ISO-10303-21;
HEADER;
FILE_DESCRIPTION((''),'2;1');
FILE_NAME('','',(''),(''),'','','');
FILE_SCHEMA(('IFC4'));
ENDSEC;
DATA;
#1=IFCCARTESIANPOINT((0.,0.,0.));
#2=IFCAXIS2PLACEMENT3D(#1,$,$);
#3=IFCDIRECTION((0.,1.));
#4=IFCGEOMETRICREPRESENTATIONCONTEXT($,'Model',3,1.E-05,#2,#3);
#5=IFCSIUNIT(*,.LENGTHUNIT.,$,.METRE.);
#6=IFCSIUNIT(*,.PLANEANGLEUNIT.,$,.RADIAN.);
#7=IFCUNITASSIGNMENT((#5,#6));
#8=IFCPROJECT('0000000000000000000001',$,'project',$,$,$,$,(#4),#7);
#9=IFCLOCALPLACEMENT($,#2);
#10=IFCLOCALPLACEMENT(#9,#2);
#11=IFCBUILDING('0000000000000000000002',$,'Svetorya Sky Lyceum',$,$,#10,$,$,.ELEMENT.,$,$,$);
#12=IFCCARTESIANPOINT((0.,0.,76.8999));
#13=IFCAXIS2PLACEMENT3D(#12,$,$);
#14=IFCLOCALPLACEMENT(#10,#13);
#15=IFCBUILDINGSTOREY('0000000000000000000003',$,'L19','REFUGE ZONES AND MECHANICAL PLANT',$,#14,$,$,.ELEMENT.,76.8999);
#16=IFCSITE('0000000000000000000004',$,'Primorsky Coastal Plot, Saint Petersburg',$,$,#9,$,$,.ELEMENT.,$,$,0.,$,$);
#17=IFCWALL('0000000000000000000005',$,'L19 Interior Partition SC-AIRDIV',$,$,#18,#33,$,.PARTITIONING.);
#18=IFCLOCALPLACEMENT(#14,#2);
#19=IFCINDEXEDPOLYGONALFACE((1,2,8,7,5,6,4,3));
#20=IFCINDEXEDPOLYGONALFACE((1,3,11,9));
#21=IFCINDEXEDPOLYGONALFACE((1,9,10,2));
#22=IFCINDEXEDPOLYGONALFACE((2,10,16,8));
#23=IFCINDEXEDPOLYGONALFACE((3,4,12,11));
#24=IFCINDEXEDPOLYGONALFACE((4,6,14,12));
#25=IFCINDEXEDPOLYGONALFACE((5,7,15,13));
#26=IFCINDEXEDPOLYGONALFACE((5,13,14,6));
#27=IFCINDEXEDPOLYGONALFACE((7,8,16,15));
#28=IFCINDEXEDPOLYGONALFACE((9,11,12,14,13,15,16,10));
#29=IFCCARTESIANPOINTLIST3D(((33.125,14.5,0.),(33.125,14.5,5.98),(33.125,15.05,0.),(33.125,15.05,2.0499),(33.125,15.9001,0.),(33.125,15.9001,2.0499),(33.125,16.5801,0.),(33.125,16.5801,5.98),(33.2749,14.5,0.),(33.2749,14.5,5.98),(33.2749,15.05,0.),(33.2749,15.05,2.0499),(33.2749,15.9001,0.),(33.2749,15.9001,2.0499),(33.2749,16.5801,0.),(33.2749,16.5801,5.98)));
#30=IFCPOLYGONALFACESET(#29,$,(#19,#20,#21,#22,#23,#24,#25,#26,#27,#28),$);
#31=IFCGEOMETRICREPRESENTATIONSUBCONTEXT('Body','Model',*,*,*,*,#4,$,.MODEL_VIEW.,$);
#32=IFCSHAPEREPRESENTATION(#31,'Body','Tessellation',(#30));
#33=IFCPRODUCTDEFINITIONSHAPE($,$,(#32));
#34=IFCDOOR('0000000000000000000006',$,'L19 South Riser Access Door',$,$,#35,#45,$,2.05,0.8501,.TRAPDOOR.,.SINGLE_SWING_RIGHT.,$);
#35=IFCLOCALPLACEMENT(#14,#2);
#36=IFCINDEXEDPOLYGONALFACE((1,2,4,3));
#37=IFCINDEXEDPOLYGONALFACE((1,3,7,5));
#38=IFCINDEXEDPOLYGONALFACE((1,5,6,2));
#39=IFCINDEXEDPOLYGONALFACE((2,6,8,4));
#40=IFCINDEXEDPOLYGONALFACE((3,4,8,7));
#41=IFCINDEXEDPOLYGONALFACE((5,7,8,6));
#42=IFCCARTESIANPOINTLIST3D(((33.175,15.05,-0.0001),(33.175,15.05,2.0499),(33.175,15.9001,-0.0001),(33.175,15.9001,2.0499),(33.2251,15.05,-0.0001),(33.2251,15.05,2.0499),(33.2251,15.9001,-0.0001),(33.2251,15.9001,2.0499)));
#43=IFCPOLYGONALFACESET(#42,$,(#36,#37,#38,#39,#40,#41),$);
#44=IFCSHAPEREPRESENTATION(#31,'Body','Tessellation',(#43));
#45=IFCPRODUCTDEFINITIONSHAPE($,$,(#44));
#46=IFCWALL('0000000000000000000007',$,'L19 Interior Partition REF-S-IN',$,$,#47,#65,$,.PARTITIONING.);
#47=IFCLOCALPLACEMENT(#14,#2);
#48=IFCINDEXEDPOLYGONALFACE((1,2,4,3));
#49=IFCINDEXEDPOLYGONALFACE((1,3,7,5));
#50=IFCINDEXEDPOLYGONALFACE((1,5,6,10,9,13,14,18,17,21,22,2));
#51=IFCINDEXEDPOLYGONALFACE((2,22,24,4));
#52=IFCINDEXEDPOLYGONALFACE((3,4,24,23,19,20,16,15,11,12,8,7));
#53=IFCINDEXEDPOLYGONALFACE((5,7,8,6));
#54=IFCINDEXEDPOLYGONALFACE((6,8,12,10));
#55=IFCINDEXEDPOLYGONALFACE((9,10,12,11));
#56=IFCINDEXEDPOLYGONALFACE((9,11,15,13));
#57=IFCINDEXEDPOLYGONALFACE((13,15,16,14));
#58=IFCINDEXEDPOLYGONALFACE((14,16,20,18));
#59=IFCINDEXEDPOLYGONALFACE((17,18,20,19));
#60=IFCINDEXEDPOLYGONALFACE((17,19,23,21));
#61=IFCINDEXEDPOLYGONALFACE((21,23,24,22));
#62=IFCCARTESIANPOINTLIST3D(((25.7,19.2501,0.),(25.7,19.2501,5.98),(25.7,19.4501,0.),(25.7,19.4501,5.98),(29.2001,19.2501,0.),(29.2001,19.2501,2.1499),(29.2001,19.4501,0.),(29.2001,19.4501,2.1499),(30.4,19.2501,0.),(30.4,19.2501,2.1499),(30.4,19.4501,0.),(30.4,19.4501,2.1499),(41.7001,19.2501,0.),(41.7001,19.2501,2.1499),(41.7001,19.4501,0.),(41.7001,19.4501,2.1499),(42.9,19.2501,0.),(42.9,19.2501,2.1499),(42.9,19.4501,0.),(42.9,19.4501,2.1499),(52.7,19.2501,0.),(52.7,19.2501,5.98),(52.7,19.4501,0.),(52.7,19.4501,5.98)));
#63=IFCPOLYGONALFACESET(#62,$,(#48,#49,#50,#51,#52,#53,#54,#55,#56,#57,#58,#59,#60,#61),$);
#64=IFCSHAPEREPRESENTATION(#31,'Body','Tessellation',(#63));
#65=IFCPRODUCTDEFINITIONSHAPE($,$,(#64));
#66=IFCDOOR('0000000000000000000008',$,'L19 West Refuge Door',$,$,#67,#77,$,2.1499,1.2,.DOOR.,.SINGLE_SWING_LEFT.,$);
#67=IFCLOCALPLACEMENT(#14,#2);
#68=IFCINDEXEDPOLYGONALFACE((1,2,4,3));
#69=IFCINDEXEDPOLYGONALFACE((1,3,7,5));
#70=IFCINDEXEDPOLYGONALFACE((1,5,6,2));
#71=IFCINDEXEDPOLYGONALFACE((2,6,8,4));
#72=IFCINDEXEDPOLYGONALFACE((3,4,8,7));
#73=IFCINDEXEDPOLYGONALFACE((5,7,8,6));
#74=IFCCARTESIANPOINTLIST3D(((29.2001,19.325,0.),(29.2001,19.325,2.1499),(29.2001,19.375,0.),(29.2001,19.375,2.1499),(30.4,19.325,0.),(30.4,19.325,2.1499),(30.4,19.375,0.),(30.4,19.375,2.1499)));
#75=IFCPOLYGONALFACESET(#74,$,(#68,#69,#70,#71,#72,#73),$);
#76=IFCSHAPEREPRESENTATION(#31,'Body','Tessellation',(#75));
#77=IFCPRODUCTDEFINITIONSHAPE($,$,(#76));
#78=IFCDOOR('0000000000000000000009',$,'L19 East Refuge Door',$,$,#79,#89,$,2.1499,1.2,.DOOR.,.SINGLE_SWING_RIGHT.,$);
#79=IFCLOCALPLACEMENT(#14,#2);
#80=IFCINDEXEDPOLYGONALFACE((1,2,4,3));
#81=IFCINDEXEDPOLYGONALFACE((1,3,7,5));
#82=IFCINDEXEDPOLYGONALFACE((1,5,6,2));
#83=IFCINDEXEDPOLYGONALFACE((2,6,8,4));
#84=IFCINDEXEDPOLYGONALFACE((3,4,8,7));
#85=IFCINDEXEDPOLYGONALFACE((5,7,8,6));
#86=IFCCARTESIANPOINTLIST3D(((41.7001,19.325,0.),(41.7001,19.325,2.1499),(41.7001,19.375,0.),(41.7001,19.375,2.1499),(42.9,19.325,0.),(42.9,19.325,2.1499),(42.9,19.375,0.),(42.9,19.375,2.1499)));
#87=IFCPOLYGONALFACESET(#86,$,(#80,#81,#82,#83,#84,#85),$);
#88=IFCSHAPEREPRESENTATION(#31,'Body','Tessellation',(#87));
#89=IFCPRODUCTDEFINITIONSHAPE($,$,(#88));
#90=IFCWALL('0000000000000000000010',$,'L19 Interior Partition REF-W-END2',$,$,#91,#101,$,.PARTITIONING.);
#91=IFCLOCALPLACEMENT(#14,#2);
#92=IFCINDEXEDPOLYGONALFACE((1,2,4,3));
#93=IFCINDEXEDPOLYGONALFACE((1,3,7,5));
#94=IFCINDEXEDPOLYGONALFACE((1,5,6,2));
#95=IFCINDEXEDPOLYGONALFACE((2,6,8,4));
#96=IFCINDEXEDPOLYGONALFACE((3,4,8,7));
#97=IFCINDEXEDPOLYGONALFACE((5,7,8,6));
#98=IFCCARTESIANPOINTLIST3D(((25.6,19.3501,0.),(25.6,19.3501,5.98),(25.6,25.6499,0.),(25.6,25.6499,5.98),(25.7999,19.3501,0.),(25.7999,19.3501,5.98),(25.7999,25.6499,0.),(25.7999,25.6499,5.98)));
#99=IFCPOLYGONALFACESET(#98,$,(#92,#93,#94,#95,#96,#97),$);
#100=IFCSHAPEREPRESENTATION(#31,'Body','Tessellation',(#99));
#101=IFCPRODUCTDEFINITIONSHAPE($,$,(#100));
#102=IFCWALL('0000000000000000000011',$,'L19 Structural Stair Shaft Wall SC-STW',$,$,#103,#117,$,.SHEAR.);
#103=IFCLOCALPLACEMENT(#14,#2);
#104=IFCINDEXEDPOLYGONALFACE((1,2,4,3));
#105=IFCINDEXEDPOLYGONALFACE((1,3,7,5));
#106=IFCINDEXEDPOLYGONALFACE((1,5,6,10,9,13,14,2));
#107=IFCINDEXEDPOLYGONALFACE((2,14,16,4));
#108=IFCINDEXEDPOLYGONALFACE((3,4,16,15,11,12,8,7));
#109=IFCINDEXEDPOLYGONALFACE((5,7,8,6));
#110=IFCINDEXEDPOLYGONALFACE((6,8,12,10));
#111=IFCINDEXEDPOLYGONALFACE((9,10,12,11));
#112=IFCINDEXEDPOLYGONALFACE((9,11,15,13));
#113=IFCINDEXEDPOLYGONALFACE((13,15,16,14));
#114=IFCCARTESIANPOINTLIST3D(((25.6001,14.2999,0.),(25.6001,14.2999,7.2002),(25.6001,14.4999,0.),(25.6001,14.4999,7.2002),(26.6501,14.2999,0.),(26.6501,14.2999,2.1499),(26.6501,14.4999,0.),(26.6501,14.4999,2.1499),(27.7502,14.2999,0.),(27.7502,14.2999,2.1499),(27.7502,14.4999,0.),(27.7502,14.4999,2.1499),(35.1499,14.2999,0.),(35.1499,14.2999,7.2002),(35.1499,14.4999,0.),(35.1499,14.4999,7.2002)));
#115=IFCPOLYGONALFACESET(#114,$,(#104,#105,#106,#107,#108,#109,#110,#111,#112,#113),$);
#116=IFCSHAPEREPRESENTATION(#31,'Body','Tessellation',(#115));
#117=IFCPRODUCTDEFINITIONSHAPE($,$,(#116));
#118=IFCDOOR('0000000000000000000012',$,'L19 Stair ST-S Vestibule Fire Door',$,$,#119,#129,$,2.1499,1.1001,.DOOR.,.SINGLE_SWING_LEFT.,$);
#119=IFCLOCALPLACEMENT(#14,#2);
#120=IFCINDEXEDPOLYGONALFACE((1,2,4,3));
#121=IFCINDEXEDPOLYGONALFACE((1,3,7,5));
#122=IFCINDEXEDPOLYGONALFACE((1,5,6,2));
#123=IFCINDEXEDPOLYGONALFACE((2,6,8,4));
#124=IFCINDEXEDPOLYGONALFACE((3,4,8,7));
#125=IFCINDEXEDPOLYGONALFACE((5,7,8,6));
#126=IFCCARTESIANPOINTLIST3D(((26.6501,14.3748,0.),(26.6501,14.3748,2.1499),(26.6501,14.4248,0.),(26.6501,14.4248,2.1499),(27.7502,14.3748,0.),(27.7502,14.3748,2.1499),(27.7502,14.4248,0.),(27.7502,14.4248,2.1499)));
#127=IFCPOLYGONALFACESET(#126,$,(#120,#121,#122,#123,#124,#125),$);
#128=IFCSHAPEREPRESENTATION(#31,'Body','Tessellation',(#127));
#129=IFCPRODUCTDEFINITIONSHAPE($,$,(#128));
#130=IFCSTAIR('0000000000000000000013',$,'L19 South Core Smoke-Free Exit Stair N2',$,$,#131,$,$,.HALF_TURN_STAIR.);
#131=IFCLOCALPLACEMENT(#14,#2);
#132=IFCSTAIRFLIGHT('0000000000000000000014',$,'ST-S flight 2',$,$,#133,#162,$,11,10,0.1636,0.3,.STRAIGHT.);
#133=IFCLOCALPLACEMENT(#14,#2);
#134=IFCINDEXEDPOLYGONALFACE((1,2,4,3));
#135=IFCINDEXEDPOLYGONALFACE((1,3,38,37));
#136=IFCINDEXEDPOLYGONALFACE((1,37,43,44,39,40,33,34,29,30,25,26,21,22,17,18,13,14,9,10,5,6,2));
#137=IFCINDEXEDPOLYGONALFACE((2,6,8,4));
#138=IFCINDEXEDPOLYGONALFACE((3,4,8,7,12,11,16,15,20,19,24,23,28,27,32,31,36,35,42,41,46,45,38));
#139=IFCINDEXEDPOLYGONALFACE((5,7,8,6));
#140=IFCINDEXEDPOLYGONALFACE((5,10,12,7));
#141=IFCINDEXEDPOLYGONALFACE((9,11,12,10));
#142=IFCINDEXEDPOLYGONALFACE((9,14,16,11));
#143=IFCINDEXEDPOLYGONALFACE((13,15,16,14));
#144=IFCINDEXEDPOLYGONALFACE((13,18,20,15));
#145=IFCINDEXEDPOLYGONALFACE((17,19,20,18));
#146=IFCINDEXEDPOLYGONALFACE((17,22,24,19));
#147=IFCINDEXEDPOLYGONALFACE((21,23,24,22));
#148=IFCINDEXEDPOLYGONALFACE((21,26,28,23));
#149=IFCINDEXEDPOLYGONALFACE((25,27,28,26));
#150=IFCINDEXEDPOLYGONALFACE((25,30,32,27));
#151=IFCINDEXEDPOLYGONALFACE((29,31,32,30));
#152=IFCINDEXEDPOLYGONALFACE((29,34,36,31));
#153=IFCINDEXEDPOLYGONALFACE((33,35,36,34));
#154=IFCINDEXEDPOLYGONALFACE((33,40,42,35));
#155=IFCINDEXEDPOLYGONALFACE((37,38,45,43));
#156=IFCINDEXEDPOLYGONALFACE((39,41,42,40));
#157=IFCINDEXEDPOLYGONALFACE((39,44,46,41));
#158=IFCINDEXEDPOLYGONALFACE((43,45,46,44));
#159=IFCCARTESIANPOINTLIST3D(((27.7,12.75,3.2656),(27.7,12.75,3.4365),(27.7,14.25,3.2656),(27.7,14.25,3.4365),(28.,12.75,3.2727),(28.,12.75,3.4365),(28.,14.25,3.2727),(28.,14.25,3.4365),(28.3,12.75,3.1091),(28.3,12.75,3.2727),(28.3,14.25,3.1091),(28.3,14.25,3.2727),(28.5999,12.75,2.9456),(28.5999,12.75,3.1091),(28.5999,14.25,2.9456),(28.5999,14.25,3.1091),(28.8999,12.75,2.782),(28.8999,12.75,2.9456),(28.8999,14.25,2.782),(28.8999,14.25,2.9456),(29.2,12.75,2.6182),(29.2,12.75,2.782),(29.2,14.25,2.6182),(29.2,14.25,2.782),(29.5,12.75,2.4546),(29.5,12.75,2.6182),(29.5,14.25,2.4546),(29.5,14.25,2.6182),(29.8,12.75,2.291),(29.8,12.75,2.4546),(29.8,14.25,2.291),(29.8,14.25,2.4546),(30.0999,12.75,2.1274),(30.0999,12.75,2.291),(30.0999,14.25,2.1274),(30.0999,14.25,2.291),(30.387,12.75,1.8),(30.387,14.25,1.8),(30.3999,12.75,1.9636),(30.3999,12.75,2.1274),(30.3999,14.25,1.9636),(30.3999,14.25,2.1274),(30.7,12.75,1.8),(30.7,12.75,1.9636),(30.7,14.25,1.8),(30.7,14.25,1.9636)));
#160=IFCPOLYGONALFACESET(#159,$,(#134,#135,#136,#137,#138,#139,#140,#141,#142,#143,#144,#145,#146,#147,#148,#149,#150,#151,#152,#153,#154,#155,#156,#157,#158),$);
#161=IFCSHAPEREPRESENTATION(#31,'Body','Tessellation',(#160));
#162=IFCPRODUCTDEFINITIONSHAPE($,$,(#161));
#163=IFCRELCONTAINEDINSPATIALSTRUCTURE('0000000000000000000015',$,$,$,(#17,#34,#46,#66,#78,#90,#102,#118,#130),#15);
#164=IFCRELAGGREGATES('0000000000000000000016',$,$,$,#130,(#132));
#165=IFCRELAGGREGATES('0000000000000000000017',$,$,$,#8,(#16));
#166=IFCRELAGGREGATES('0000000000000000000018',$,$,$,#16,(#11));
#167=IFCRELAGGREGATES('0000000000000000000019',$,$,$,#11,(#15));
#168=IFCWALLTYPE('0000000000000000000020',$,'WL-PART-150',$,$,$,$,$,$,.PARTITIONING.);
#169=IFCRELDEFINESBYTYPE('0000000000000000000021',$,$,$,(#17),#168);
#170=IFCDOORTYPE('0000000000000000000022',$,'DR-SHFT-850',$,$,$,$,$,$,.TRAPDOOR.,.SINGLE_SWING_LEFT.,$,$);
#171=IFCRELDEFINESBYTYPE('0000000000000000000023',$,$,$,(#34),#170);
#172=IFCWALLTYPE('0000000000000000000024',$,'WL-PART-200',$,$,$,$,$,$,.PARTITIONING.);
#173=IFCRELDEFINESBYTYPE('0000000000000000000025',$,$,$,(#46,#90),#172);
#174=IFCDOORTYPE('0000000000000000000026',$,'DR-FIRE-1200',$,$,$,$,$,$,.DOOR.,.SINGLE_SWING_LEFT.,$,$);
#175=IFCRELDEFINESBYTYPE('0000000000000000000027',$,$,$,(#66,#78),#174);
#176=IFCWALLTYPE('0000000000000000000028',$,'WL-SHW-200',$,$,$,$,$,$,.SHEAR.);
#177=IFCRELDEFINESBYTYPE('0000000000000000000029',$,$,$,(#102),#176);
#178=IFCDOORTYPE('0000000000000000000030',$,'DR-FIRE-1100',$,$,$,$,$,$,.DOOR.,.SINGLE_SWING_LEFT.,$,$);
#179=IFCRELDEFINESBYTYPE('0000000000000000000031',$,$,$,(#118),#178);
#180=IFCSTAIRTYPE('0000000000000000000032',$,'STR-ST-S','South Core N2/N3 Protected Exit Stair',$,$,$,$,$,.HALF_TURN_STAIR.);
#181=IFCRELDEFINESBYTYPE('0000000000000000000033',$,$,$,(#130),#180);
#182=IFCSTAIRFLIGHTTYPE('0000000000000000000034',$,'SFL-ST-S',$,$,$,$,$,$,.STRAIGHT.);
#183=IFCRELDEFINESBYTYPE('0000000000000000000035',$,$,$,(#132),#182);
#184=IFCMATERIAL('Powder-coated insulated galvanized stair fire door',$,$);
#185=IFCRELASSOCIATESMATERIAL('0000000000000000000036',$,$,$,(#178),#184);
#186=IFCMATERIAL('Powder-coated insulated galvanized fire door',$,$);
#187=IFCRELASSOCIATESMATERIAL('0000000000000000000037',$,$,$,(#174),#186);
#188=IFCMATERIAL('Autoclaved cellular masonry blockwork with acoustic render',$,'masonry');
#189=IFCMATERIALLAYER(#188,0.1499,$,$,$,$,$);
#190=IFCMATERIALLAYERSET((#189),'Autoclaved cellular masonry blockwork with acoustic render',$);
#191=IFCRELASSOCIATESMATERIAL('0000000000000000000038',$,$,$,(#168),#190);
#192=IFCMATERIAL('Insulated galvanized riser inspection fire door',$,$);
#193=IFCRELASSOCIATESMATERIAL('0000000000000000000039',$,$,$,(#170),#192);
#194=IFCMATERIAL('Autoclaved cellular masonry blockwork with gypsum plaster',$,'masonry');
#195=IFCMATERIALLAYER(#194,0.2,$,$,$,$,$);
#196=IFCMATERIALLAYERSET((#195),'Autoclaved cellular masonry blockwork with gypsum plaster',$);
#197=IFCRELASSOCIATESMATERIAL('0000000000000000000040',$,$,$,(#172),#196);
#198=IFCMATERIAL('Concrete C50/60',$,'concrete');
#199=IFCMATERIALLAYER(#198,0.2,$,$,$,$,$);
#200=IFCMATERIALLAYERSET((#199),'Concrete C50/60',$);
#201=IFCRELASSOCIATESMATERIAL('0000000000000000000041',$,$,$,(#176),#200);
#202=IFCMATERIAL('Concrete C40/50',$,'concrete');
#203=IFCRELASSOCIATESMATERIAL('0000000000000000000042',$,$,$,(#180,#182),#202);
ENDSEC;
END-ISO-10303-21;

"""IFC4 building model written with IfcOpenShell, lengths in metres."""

from ifc_helpers import new_model, si_unit, direction, frame, frame_2d, origin, place, context, subcontext, project, spatial, polyline, rectangle, outline, extrude, material, layer, layer_set, type_object, element, fill, aggregate, save


model = new_model("IFC4")

# Units and contexts
model_context = context("Model", 3, precision=1e-05, world=origin(), true_north=direction((0.0, 1.0)))
body_context = subcontext(model_context, "Body", "Model", "MODEL_VIEW")
ifc_project = project(units=[si_unit("LENGTHUNIT", "METRE"), si_unit("PLANEANGLEUNIT", "RADIAN")], contexts=[model_context])

# Site, building, storey
site_placement = place(None, origin())
site = spatial("IfcSite", under=ifc_project, at=site_placement, Name="Primorsky Coastal Plot, Saint Petersburg", CompositionType="ELEMENT", RefElevation=0.0)
building_placement = place(site_placement, origin())
building = spatial("IfcBuilding", under=site, at=building_placement, Name="Svetorya Sky Lyceum", CompositionType="ELEMENT")
storey_placement = place(building_placement, frame((0.0, 0.0, 76.8999)))
storey = spatial("IfcBuildingStorey", under=building, at=storey_placement, Name="L19", Description="REFUGE ZONES AND MECHANICAL PLANT", CompositionType="ELEMENT", Elevation=76.8999)

# Shared definitions
ifc_material_1 = material(Name="Concrete C50/60", Category="concrete")

# Shared definitions
ifc_material_2 = material(Name="Powder-coated insulated galvanized stair fire door")
door_type_1 = type_object("IfcDoorType", Name="DR-FIRE-1100", OperationType="SINGLE_SWING_LEFT", PredefinedType="DOOR", material=ifc_material_2)
ifc_material_3 = material(Name="Powder-coated insulated galvanized fire door")
door_type_2 = type_object("IfcDoorType", Name="DR-FIRE-1200", OperationType="SINGLE_SWING_LEFT", PredefinedType="DOOR", material=ifc_material_3)

# Wall, opening, door
ifc_material_4 = material(Name="Autoclaved cellular masonry blockwork with acoustic render", Category="masonry")
ifc_layer_1 = layer(ifc_material_4, 0.1499)
ifc_layer_set_1 = layer_set([ifc_layer_1], Name="Autoclaved cellular masonry blockwork with acoustic render")
wall_type_1 = type_object("IfcWallType", Name="WL-PART-150", PredefinedType="PARTITIONING", material=ifc_layer_set_1)
wall_1_placement = place(storey_placement, frame((33.2, 14.5, 0.0), z_axis=(0.0, 0.0, 1.0), x_axis=(0.0, 1.0, 0.0)))
wall_1 = element("IfcWall", 1, at=wall_1_placement, inside=storey, type_object=wall_type_1, Name="L19 Interior Partition SC-AIRDIV", PredefinedType="PARTITIONING", context=body_context, shape_type="SweptSolid", body=[
    extrude(rectangle(XDim=2.0801, YDim=0.1499, at=frame_2d((1.04, 0.0))), origin(), (0.0, 0.0, 1.0), 5.98),
])
opening_1_placement = place(wall_1_placement, frame((0.55, 0.0, 0.0)))
opening_1 = element("IfcOpeningElement", 2, at=opening_1_placement, cuts=wall_1, PredefinedType="OPENING", context=body_context, shape_type="SweptSolid", body=[
    extrude(rectangle(XDim=0.8501, YDim=2.05, at=frame_2d((0.425, 1.0249))), frame((0.0, 0.085, 0.0), z_axis=(0.0, -1.0, 0.0), x_axis=(1.0, 0.0, 0.0)), (0.0, 0.0, 1.0), 0.1699),
])
ifc_material_5 = material(Name="Insulated galvanized riser inspection fire door")
door_type_3 = type_object("IfcDoorType", Name="DR-SHFT-850", OperationType="SINGLE_SWING_LEFT", PredefinedType="TRAPDOOR", material=ifc_material_5)
door_1_placement = place(opening_1_placement, origin())
door_1 = element("IfcDoor", 3, at=door_1_placement, inside=storey, type_object=door_type_3, Name="L19 South Riser Access Door", OperationType="SINGLE_SWING_RIGHT", OverallHeight=2.05, OverallWidth=0.8501, PredefinedType="TRAPDOOR", context=body_context, shape_type="SweptSolid", body=[
    extrude(rectangle(XDim=0.8501, YDim=2.05, at=frame_2d((0.425, 1.0249))), frame((0.0, 0.0249, 0.0), z_axis=(0.0, -1.0, 0.0), x_axis=(1.0, 0.0, 0.0)), (0.0, 0.0, 1.0), 0.05),
])
fill(opening_1, door_1)

# Wall, openings, doors
ifc_material_6 = material(Name="Autoclaved cellular masonry blockwork with gypsum plaster", Category="masonry")
ifc_layer_2 = layer(ifc_material_6, 0.2)
ifc_layer_set_2 = layer_set([ifc_layer_2], Name="Autoclaved cellular masonry blockwork with gypsum plaster")
wall_type_2 = type_object("IfcWallType", Name="WL-PART-200", PredefinedType="PARTITIONING", material=ifc_layer_set_2)
wall_2_placement = place(storey_placement, frame((25.7, 19.3501, 0.0), z_axis=(0.0, 0.0, 1.0), x_axis=(1.0, 0.0, 0.0)))
wall_2 = element("IfcWall", 4, at=wall_2_placement, inside=storey, type_object=wall_type_2, Name="L19 Interior Partition REF-S-IN", PredefinedType="PARTITIONING", context=body_context, shape_type="SweptSolid", body=[
    extrude(rectangle(XDim=27.0, YDim=0.2, at=frame_2d((13.5, 0.0))), origin(), (0.0, 0.0, 1.0), 5.98),
])
opening_2_placement = place(wall_2_placement, frame((3.5, 0.0, 0.0)))
opening_2 = element("IfcOpeningElement", 5, at=opening_2_placement, cuts=wall_2, PredefinedType="OPENING", context=body_context, shape_type="SweptSolid", body=[
    extrude(rectangle(XDim=1.2, YDim=2.1499, at=frame_2d((0.6001, 1.075))), frame((0.0, 0.1099, 0.0), z_axis=(0.0, -1.0, 0.0), x_axis=(1.0, 0.0, 0.0)), (0.0, 0.0, 1.0), 0.22),
])
opening_3_placement = place(wall_2_placement, frame((16.0, 0.0, 0.0)))
opening_3 = element("IfcOpeningElement", 6, at=opening_3_placement, cuts=wall_2, PredefinedType="OPENING", context=body_context, shape_type="SweptSolid", body=[
    extrude(rectangle(XDim=1.2, YDim=2.1499, at=frame_2d((0.6001, 1.075))), frame((0.0, 0.1099, 0.0), z_axis=(0.0, -1.0, 0.0), x_axis=(1.0, 0.0, 0.0)), (0.0, 0.0, 1.0), 0.22),
])
door_2_placement = place(opening_2_placement, origin())
door_2 = element("IfcDoor", 7, at=door_2_placement, inside=storey, type_object=door_type_2, Name="L19 West Refuge Door", OperationType="SINGLE_SWING_LEFT", OverallHeight=2.1499, OverallWidth=1.2, PredefinedType="DOOR", context=body_context, shape_type="SweptSolid", body=[
    extrude(rectangle(XDim=1.2, YDim=2.1499, at=frame_2d((0.6001, 1.075))), frame((0.0, 0.0249, 0.0), z_axis=(0.0, -1.0, 0.0), x_axis=(1.0, 0.0, 0.0)), (0.0, 0.0, 1.0), 0.05),
])
fill(opening_2, door_2)
door_3_placement = place(opening_3_placement, origin())
door_3 = element("IfcDoor", 8, at=door_3_placement, inside=storey, type_object=door_type_2, Name="L19 East Refuge Door", OperationType="SINGLE_SWING_RIGHT", OverallHeight=2.1499, OverallWidth=1.2, PredefinedType="DOOR", context=body_context, shape_type="SweptSolid", body=[
    extrude(rectangle(XDim=1.2, YDim=2.1499, at=frame_2d((0.6001, 1.075))), frame((0.0, 0.0249, 0.0), z_axis=(0.0, -1.0, 0.0), x_axis=(1.0, 0.0, 0.0)), (0.0, 0.0, 1.0), 0.05),
])
fill(opening_3, door_3)

# Wall
wall_3_placement = place(storey_placement, frame((25.7, 19.3501, 0.0), z_axis=(0.0, 0.0, 1.0), x_axis=(0.0, 1.0, 0.0)))
element("IfcWall", 9, at=wall_3_placement, inside=storey, type_object=wall_type_2, Name="L19 Interior Partition REF-W-END2", PredefinedType="PARTITIONING", context=body_context, shape_type="SweptSolid", body=[
    extrude(rectangle(XDim=6.2998, YDim=0.2, at=frame_2d((3.1499, 0.0))), origin(), (0.0, 0.0, 1.0), 5.98),
])

# Wall, opening, door
ifc_layer_3 = layer(ifc_material_1, 0.2)
ifc_layer_set_3 = layer_set([ifc_layer_3], Name="Concrete C50/60")
wall_type_3 = type_object("IfcWallType", Name="WL-SHW-200", PredefinedType="SHEAR", material=ifc_layer_set_3)
wall_4_placement = place(storey_placement, frame((25.6001, 14.3999, 0.0), z_axis=(0.0, 0.0, 1.0), x_axis=(1.0, 0.0, 0.0)))
wall_4 = element("IfcWall", 10, at=wall_4_placement, inside=storey, type_object=wall_type_3, Name="L19 Structural Stair Shaft Wall SC-STW", PredefinedType="SHEAR", context=body_context, shape_type="SweptSolid", body=[
    extrude(rectangle(XDim=9.5498, YDim=0.2, at=frame_2d((4.7749, 0.0))), origin(), (0.0, 0.0, 1.0), 7.2002),
])
opening_4_placement = place(wall_4_placement, frame((1.05, 0.0, 0.0)))
opening_4 = element("IfcOpeningElement", 11, at=opening_4_placement, cuts=wall_4, PredefinedType="OPENING", context=body_context, shape_type="SweptSolid", body=[
    extrude(rectangle(XDim=1.1001, YDim=2.1499, at=frame_2d((0.55, 1.075))), frame((0.0, 0.1099, 0.0), z_axis=(0.0, -1.0, 0.0), x_axis=(1.0, 0.0, 0.0)), (0.0, 0.0, 1.0), 0.22),
])
door_4_placement = place(opening_4_placement, origin())
door_4 = element("IfcDoor", 12, at=door_4_placement, inside=storey, type_object=door_type_1, Name="L19 Stair ST-S Vestibule Fire Door", OperationType="SINGLE_SWING_LEFT", OverallHeight=2.1499, OverallWidth=1.1001, PredefinedType="DOOR", context=body_context, shape_type="SweptSolid", body=[
    extrude(rectangle(XDim=1.1001, YDim=2.1499, at=frame_2d((0.55, 1.075))), frame((0.0, 0.0249, 0.0), z_axis=(0.0, -1.0, 0.0), x_axis=(1.0, 0.0, 0.0)), (0.0, 0.0, 1.0), 0.05),
])
fill(opening_4, door_4)

# Stair, stair flight
ifc_material_7 = material(Name="Concrete C40/50", Category="concrete")
stair_type = type_object("IfcStairType", Name="STR-ST-S", Description="South Core N2/N3 Protected Exit Stair", PredefinedType="HALF_TURN_STAIR", material=ifc_material_7)
stair_placement = place(storey_placement, origin())
stair = element("IfcStair", 13, at=stair_placement, inside=storey, type_object=stair_type, Name="L19 South Core Smoke-Free Exit Stair N2", PredefinedType="HALF_TURN_STAIR")
stair_flight_type = type_object("IfcStairFlightType", Name="SFL-ST-S", PredefinedType="STRAIGHT", material=ifc_material_7)
stair_flight_1_placement = place(storey_placement, frame((30.7, 13.5, 1.8), z_axis=(0.0, 0.0, 1.0), x_axis=(-1.0, 0.0, 0.0)))
stair_flight_1 = element("IfcStairFlight", 14, at=stair_flight_1_placement, type_object=stair_flight_type, Name="ST-S flight 2", NumberOfRisers=11, NumberOfTreads=10, PredefinedType="STRAIGHT", RiserHeight=0.1636, TreadLength=0.3, context=body_context, shape_type="SweptSolid", body=[
    extrude(outline(polyline([(0.0, 0.0), (0.0, 0.1636), (0.3, 0.1636), (0.3, 0.3274), (0.6001, 0.3274), (0.6001, 0.491), (0.8999, 0.491), (0.8999, 0.6545), (1.2, 0.6545), (1.2, 0.8181), (1.5, 0.8181), (1.5, 0.9819), (1.8, 0.9819), (1.8, 1.1455), (2.1001, 1.1455), (2.1001, 1.3091), (2.3999, 1.3091), (2.3999, 1.4727), (2.7, 1.4727), (2.7, 1.6365), (3.0, 1.6365), (3.0, 1.8), (3.0, 1.4656), (0.313, 0.0), (0.0, 0.0)])), frame((0.0, 0.75, 0.0), z_axis=(0.0, -1.0, 0.0), x_axis=(1.0, 0.0, 0.0)), (0.0, 0.0, 1.0), 1.5),
])
aggregate(stair, [stair_flight_1])

save(model, "model.ifc")
